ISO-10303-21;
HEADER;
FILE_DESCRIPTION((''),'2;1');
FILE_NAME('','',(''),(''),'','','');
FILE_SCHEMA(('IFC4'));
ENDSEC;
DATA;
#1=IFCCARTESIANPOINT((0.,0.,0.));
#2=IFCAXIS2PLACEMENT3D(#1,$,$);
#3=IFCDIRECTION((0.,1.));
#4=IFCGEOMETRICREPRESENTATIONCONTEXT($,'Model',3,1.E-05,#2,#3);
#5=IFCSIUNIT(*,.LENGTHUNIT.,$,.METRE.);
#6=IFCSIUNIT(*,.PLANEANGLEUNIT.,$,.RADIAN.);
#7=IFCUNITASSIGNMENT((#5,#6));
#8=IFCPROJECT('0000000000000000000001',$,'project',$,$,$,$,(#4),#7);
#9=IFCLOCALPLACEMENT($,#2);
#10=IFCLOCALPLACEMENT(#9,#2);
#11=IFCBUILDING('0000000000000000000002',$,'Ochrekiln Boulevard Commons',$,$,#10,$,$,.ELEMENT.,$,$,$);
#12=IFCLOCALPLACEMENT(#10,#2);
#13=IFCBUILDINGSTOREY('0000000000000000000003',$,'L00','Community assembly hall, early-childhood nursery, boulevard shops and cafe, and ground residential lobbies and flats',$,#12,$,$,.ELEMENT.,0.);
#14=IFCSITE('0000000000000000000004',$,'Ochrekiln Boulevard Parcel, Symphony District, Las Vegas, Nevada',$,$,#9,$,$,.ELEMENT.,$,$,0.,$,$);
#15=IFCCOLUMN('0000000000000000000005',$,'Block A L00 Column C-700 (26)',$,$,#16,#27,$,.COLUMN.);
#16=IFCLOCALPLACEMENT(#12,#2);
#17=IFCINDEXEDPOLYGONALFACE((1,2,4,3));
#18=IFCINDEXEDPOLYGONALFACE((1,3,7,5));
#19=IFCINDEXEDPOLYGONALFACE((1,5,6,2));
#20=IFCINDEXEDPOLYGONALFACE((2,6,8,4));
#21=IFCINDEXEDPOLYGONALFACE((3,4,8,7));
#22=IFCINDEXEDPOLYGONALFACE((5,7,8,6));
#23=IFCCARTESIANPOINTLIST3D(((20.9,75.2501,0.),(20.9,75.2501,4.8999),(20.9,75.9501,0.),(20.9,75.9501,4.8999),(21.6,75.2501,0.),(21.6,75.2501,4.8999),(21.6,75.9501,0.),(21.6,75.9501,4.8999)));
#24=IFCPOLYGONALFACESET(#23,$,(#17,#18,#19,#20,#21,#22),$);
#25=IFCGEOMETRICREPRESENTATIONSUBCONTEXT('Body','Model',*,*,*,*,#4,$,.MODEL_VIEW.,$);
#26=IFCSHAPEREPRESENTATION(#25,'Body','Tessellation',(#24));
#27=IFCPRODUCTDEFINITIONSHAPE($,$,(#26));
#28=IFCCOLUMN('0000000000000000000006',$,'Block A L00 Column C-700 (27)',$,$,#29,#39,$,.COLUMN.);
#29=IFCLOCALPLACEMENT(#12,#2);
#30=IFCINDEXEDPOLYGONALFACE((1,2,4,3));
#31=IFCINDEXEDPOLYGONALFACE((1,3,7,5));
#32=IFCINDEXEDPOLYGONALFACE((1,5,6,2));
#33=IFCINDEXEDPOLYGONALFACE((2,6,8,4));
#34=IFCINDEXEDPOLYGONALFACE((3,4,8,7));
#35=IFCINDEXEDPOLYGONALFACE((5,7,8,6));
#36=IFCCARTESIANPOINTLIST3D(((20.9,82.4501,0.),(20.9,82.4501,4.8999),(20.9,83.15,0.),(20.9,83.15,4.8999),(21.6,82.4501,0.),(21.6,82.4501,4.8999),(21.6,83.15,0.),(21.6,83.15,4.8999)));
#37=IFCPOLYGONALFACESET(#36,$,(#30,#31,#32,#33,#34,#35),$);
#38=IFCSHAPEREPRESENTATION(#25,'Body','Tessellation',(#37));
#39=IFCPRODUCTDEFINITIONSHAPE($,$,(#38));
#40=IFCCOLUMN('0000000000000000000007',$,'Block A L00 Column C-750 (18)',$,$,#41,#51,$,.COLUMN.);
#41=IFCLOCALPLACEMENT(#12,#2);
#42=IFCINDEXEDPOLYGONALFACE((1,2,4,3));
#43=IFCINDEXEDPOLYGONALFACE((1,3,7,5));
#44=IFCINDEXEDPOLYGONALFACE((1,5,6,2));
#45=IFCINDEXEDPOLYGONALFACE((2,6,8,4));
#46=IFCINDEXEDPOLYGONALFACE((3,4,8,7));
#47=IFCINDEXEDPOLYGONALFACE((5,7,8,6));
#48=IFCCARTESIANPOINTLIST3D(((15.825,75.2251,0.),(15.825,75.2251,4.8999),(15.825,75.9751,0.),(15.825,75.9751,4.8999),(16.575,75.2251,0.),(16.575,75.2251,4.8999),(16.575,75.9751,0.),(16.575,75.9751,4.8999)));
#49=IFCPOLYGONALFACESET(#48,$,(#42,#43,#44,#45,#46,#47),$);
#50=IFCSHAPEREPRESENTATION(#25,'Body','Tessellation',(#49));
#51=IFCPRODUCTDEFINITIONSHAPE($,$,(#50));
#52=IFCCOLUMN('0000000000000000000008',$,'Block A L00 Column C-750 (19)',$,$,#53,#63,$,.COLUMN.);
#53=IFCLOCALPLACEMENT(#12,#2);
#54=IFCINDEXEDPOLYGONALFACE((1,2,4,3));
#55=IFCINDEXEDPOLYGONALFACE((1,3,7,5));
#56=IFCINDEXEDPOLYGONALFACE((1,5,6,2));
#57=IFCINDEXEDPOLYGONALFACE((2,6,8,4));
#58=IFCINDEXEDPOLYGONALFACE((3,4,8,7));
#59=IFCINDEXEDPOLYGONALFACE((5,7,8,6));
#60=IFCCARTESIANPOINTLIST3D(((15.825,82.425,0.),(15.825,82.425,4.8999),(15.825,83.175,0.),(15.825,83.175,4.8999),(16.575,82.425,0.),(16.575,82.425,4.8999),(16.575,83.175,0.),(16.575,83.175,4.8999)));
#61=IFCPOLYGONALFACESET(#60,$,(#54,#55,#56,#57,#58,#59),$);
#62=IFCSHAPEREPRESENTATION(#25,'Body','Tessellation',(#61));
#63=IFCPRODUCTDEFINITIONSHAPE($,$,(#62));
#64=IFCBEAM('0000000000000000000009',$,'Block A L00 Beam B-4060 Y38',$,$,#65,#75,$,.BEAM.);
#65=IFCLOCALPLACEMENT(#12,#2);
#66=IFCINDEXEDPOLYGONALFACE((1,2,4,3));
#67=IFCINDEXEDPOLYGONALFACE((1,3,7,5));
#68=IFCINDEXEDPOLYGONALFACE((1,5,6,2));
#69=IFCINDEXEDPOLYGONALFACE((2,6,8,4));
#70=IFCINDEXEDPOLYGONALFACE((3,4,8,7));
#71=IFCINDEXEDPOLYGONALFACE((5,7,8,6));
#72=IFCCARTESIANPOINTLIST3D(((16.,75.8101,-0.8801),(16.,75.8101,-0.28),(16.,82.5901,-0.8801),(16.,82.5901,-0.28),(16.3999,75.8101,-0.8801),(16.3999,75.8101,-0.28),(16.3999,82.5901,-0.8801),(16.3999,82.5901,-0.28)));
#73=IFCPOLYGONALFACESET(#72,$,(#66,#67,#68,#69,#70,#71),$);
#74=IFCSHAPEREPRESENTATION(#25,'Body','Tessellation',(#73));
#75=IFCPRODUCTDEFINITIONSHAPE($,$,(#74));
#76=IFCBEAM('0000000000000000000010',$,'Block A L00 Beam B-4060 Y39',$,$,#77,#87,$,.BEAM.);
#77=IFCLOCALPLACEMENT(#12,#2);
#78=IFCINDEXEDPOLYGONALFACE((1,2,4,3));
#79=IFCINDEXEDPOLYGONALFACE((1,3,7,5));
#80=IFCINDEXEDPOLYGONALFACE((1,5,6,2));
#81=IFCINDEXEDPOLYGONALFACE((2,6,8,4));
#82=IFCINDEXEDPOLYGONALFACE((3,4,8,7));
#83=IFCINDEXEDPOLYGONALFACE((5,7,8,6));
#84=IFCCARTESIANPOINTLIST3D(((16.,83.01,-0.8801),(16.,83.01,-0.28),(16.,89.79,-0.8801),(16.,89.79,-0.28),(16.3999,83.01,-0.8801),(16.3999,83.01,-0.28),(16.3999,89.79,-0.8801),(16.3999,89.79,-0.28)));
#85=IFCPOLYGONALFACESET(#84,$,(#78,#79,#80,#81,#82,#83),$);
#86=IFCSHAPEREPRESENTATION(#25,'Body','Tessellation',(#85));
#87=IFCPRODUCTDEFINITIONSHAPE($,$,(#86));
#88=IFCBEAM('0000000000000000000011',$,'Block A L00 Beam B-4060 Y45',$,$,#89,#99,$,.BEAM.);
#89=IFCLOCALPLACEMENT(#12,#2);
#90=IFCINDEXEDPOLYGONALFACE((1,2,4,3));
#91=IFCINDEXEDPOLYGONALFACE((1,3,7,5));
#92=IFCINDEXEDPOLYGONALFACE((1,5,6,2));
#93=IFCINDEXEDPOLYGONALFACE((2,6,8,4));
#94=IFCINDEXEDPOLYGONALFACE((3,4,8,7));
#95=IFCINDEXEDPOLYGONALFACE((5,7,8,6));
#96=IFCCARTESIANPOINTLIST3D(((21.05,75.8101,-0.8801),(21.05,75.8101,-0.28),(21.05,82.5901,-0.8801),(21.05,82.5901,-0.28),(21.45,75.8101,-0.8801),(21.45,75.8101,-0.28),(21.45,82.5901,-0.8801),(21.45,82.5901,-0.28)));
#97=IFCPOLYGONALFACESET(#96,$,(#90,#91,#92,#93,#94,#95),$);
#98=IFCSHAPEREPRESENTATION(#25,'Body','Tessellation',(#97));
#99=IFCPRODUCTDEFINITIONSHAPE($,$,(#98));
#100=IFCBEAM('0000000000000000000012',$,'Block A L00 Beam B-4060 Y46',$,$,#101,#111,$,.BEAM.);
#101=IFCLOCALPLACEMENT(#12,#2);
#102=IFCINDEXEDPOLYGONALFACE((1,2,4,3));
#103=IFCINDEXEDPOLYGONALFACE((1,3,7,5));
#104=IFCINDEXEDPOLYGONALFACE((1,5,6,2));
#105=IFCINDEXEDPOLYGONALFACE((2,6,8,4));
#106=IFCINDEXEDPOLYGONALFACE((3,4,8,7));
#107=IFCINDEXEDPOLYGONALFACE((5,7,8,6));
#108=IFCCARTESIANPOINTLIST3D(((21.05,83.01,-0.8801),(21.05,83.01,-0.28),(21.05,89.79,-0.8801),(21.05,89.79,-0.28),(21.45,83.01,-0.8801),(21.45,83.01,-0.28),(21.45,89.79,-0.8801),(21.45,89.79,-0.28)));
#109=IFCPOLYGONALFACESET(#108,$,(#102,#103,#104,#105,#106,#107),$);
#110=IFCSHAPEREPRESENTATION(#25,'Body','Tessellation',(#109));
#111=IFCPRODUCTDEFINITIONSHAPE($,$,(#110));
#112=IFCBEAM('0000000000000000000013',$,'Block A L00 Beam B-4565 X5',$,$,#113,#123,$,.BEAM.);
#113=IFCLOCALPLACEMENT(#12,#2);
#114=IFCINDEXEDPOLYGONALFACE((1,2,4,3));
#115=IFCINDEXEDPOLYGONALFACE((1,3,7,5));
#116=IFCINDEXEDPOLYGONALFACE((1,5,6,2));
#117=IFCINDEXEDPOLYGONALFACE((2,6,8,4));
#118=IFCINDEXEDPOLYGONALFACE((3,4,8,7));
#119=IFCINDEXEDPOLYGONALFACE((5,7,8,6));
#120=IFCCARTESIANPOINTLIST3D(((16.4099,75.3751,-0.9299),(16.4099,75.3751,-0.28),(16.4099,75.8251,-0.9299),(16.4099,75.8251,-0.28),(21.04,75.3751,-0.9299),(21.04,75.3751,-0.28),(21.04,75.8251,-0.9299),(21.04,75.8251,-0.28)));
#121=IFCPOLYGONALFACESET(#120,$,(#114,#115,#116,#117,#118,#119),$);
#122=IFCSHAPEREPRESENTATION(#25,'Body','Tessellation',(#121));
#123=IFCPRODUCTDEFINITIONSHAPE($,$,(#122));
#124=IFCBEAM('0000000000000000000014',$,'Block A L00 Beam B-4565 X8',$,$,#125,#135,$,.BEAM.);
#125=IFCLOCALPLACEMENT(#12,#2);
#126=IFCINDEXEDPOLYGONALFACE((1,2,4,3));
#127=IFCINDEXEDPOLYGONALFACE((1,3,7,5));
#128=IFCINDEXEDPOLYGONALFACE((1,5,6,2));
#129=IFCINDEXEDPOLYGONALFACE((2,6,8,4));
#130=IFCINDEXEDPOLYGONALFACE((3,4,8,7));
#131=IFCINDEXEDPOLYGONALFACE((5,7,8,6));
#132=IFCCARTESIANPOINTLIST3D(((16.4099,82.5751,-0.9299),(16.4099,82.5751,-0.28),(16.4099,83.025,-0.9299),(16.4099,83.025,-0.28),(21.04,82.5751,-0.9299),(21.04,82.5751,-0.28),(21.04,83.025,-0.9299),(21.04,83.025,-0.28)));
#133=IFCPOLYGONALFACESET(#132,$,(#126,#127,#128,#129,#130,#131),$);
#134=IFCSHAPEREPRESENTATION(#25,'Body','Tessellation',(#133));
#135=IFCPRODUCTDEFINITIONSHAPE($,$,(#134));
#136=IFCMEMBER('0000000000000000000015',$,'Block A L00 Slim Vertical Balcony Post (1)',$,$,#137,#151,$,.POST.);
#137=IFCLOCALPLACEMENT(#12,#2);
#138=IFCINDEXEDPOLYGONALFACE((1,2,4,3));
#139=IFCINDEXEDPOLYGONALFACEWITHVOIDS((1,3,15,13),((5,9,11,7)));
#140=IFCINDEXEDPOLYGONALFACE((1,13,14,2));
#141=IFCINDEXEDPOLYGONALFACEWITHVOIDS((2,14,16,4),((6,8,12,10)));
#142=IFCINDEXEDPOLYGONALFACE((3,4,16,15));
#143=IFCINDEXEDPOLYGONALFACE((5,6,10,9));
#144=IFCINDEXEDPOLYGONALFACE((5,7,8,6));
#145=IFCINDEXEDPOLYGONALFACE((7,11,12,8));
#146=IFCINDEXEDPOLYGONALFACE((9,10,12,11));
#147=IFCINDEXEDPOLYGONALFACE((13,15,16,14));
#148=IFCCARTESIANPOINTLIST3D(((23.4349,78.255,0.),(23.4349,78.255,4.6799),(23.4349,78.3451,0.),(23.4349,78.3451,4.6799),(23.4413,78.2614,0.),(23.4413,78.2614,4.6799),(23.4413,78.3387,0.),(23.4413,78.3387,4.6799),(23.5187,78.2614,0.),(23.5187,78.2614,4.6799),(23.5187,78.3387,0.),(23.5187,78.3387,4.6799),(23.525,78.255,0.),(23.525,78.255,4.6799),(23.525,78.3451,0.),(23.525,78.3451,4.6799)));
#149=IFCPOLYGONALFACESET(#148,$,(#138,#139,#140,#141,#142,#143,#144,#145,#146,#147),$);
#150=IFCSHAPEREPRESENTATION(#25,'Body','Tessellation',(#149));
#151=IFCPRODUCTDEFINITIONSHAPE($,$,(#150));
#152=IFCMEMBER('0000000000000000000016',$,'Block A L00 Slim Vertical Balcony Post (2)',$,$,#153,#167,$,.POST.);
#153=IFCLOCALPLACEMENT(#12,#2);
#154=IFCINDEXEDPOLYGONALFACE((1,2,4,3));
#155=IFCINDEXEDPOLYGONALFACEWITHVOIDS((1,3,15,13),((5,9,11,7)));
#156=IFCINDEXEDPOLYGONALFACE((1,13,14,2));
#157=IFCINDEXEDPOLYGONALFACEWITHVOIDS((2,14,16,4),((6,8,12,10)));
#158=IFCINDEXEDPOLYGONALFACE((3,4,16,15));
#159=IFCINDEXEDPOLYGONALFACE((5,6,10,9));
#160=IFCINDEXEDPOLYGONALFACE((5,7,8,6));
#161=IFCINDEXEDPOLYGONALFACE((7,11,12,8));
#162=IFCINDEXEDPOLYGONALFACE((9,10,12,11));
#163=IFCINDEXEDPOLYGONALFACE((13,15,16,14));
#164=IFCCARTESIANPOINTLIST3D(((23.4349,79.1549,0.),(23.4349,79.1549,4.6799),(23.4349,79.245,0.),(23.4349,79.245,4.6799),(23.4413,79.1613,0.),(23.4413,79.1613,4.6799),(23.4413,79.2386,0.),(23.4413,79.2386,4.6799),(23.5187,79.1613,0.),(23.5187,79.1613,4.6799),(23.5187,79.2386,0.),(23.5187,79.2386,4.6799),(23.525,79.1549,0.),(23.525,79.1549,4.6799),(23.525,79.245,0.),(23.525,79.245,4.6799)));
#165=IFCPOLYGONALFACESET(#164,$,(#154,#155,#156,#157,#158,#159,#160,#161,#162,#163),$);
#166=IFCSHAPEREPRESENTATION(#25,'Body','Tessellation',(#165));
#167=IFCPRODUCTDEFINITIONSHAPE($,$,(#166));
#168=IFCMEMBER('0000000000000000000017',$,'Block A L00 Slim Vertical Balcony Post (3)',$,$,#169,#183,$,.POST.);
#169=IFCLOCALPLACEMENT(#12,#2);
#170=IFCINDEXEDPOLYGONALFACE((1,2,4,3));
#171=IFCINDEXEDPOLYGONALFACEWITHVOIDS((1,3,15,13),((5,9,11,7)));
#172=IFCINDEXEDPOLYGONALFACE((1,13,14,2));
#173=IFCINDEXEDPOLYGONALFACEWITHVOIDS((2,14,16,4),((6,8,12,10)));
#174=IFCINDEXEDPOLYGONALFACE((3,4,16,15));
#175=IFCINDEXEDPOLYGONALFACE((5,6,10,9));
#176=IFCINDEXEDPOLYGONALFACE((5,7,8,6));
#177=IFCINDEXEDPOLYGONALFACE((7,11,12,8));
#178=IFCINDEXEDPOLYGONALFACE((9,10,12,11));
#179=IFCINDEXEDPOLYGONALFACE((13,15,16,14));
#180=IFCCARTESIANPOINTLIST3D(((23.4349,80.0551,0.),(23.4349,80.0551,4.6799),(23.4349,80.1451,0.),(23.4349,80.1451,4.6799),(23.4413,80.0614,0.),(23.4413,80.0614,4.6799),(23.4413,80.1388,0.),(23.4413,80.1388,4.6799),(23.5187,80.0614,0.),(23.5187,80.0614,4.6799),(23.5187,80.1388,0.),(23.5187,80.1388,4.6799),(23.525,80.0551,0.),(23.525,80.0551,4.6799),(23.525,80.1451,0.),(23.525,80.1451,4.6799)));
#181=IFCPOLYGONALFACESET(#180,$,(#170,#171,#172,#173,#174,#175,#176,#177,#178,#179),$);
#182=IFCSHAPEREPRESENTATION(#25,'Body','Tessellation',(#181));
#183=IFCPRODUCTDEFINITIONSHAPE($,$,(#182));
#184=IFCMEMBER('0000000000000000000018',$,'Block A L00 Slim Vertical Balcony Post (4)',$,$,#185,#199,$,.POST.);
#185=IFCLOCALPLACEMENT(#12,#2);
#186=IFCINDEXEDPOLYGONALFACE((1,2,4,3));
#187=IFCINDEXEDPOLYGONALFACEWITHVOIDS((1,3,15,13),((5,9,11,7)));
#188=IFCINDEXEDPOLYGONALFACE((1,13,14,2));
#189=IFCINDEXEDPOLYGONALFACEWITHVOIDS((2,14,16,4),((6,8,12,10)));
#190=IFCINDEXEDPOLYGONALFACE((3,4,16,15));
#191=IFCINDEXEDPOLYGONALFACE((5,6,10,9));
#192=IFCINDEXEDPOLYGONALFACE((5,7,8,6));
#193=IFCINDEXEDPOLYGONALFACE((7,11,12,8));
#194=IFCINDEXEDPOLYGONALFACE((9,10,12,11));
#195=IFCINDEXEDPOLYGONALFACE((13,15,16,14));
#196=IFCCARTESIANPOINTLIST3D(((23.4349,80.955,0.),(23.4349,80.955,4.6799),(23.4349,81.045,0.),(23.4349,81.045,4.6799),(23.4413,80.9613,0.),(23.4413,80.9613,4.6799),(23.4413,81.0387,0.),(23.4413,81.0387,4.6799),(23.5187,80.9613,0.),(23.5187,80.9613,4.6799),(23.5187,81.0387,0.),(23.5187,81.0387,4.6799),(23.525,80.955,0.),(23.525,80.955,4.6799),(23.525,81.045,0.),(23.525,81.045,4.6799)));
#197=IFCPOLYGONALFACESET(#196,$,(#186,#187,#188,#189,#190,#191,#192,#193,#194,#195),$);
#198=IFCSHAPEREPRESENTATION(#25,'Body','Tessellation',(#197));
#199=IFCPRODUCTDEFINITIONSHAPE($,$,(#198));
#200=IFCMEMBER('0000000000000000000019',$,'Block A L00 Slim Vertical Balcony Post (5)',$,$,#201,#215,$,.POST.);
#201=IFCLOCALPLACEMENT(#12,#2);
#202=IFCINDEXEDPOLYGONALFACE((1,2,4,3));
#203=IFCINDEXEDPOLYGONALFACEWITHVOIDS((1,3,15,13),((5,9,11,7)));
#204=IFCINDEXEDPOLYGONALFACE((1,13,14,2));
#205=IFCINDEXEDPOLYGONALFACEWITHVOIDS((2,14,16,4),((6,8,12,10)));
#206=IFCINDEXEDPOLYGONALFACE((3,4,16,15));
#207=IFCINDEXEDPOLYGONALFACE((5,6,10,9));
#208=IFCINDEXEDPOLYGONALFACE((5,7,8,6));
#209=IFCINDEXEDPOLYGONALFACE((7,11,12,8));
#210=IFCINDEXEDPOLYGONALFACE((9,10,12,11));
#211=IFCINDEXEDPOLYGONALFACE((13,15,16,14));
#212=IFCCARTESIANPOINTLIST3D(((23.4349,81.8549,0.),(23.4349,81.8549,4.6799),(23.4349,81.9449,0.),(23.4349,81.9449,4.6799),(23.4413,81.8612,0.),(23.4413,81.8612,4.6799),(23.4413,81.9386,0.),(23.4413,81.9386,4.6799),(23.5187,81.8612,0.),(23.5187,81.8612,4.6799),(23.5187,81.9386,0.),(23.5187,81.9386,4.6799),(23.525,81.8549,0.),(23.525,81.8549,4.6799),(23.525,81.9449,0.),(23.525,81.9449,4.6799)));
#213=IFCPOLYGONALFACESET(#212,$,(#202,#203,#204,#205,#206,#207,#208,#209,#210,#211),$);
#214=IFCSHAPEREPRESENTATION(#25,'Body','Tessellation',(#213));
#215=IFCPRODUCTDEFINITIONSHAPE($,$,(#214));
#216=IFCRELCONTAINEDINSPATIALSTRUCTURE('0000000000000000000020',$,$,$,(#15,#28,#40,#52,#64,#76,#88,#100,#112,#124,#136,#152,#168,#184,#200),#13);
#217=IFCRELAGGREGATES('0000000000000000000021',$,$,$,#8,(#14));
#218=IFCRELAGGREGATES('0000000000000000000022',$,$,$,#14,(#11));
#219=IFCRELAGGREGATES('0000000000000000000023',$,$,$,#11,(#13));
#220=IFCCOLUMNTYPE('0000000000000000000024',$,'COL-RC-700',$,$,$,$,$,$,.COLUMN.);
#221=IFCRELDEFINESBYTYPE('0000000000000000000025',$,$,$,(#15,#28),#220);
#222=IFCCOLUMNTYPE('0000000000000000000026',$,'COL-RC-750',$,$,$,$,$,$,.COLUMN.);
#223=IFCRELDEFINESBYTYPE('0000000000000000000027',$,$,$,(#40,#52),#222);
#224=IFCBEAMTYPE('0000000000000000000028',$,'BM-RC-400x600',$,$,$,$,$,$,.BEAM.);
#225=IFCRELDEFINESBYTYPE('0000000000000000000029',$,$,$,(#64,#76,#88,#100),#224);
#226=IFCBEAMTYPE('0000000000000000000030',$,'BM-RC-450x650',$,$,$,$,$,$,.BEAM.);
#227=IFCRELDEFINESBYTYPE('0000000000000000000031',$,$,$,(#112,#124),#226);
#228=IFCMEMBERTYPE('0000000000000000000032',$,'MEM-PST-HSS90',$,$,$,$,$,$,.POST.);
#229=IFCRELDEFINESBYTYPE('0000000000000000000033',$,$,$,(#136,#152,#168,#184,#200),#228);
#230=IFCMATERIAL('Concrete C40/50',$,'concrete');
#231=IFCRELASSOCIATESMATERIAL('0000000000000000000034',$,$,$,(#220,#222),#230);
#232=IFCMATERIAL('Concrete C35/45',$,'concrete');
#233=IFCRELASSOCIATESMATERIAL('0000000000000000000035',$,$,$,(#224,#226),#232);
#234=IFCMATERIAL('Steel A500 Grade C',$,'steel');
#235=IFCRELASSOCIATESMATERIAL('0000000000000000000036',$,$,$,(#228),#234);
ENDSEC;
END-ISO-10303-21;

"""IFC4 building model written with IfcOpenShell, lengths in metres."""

from ifc_helpers import new_model, si_unit, direction, frame, origin, origin_2d, place, context, subcontext, project, spatial, rectangle, hollow_rectangle, extrude, material, material_profile, profile_set, type_object, element, save


model = new_model("IFC4")

# Units and contexts
model_context = context("Model", 3, precision=1e-05, world=origin(), true_north=direction((0.0, 1.0)))
body_context = subcontext(model_context, "Body", "Model", "MODEL_VIEW")
ifc_project = project(units=[si_unit("LENGTHUNIT", "METRE"), si_unit("PLANEANGLEUNIT", "RADIAN")], contexts=[model_context])

# Site, building, storey
site_placement = place(None, origin())
site = spatial("IfcSite", under=ifc_project, at=site_placement, Name="Ochrekiln Boulevard Parcel, Symphony District, Las Vegas, Nevada", CompositionType="ELEMENT", RefElevation=0.0)
building_placement = place(site_placement, origin())
building = spatial("IfcBuilding", under=site, at=building_placement, Name="Ochrekiln Boulevard Commons", CompositionType="ELEMENT")
storey_placement = place(building_placement, origin())
storey = spatial("IfcBuildingStorey", under=building, at=storey_placement, Name="L00", Description="Community assembly hall, early-childhood nursery, boulevard shops and cafe, and ground residential lobbies and flats", CompositionType="ELEMENT", Elevation=0.0)

# Columns
ifc_material_1 = material(Name="Concrete C40/50", Category="concrete")
ifc_material_profile_1 = material_profile(ifc_material_1, rectangle(XDim=0.7, YDim=0.7, at=origin_2d()), Name="RC-COL-700x700")
ifc_profile_set_1 = profile_set([ifc_material_profile_1], Name="Concrete C40/50")
column_type_1 = type_object("IfcColumnType", Name="COL-RC-700", PredefinedType="COLUMN", material=ifc_profile_set_1)
for number, where, z_axis, x_axis, name in (
    (1, (21.25, 75.6001, 0.0), (0.0, 0.0, 1.0), (1.0, 0.0, 0.0), "Block A L00 Column C-700 (26)"),
    (2, (21.25, 82.8, 0.0), (0.0, 0.0, 1.0), (1.0, 0.0, 0.0), "Block A L00 Column C-700 (27)"),
):
    element("IfcColumn", number, at=place(storey_placement, frame(where, z_axis=z_axis, x_axis=x_axis)), inside=storey, type_object=column_type_1, Name=name, PredefinedType="COLUMN", context=body_context, shape_type="SweptSolid", body=[
        extrude(rectangle(XDim=0.7, YDim=0.7, at=origin_2d()), origin(), (0.0, 0.0, 1.0), 4.8999),
    ])
ifc_material_profile_2 = material_profile(ifc_material_1, rectangle(XDim=0.75, YDim=0.75, at=origin_2d()), Name="RC-COL-750x750")
ifc_profile_set_2 = profile_set([ifc_material_profile_2], Name="Concrete C40/50")
column_type_2 = type_object("IfcColumnType", Name="COL-RC-750", PredefinedType="COLUMN", material=ifc_profile_set_2)
for number, where, z_axis, x_axis, name in (
    (3, (16.2, 75.6001, 0.0), (0.0, 0.0, 1.0), (1.0, 0.0, 0.0), "Block A L00 Column C-750 (18)"),
    (4, (16.2, 82.8, 0.0), (0.0, 0.0, 1.0), (1.0, 0.0, 0.0), "Block A L00 Column C-750 (19)"),
):
    element("IfcColumn", number, at=place(storey_placement, frame(where, z_axis=z_axis, x_axis=x_axis)), inside=storey, type_object=column_type_2, Name=name, PredefinedType="COLUMN", context=body_context, shape_type="SweptSolid", body=[
        extrude(rectangle(XDim=0.75, YDim=0.75, at=origin_2d()), origin(), (0.0, 0.0, 1.0), 4.8999),
    ])

# Beams
ifc_material_2 = material(Name="Concrete C35/45", Category="concrete")
ifc_material_profile_3 = material_profile(ifc_material_2, rectangle(XDim=0.3999, YDim=0.6001, at=origin_2d()), Name="RC-BM-400x600")
ifc_profile_set_3 = profile_set([ifc_material_profile_3], Name="Concrete C35/45")
beam_type_1 = type_object("IfcBeamType", Name="BM-RC-400x600", PredefinedType="BEAM", material=ifc_profile_set_3)
for number, where, z_axis, x_axis, name in (
    (5, (16.2, 75.8101, -0.5801), (0.0, 1.0, 0.0), (-1.0, 0.0, 0.0), "Block A L00 Beam B-4060 Y38"),
    (6, (16.2, 83.01, -0.5801), (0.0, 1.0, 0.0), (-1.0, 0.0, 0.0), "Block A L00 Beam B-4060 Y39"),
    (7, (21.25, 75.8101, -0.5801), (0.0, 1.0, 0.0), (-1.0, 0.0, 0.0), "Block A L00 Beam B-4060 Y45"),
    (8, (21.25, 83.01, -0.5801), (0.0, 1.0, 0.0), (-1.0, 0.0, 0.0), "Block A L00 Beam B-4060 Y46"),
):
    element("IfcBeam", number, at=place(storey_placement, frame(where, z_axis=z_axis, x_axis=x_axis)), inside=storey, type_object=beam_type_1, Name=name, PredefinedType="BEAM", context=body_context, shape_type="SweptSolid", body=[
        extrude(rectangle(XDim=0.3999, YDim=0.6001, at=origin_2d()), origin(), (0.0, 0.0, 1.0), 6.78),
    ])
ifc_material_profile_4 = material_profile(ifc_material_2, rectangle(XDim=0.45, YDim=0.6499, at=origin_2d()), Name="RC-BM-450x650")
ifc_profile_set_4 = profile_set([ifc_material_profile_4], Name="Concrete C35/45")
beam_type_2 = type_object("IfcBeamType", Name="BM-RC-450x650", PredefinedType="BEAM", material=ifc_profile_set_4)
for number, where, z_axis, x_axis, name in (
    (9, (16.4099, 75.6001, -0.605), (1.0, 0.0, 0.0), (0.0, 1.0, 0.0), "Block A L00 Beam B-4565 X5"),
    (10, (16.4099, 82.8, -0.605), (1.0, 0.0, 0.0), (0.0, 1.0, 0.0), "Block A L00 Beam B-4565 X8"),
):
    element("IfcBeam", number, at=place(storey_placement, frame(where, z_axis=z_axis, x_axis=x_axis)), inside=storey, type_object=beam_type_2, Name=name, PredefinedType="BEAM", context=body_context, shape_type="SweptSolid", body=[
        extrude(rectangle(XDim=0.45, YDim=0.6499, at=origin_2d()), origin(), (0.0, 0.0, 1.0), 4.6301),
    ])

# Members
ifc_material_3 = material(Name="Steel A500 Grade C", Category="steel")
ifc_material_profile_5 = material_profile(ifc_material_3, hollow_rectangle(XDim=0.0901, YDim=0.0901, WallThickness=0.0063, at=origin_2d()), Name="HSS90X90X6.4")
ifc_profile_set_5 = profile_set([ifc_material_profile_5], Name="Steel A500 Grade C")
member_type = type_object("IfcMemberType", Name="MEM-PST-HSS90", PredefinedType="POST", material=ifc_profile_set_5)
for number, where, z_axis, x_axis, name in (
    (11, (23.48, 78.3, 0.0), (0.0, 0.0, 1.0), (1.0, 0.0, 0.0), "Block A L00 Slim Vertical Balcony Post (1)"),
    (12, (23.48, 79.2, 0.0), (0.0, 0.0, 1.0), (1.0, 0.0, 0.0), "Block A L00 Slim Vertical Balcony Post (2)"),
    (13, (23.48, 80.1001, 0.0), (0.0, 0.0, 1.0), (1.0, 0.0, 0.0), "Block A L00 Slim Vertical Balcony Post (3)"),
    (14, (23.48, 81.0, 0.0), (0.0, 0.0, 1.0), (1.0, 0.0, 0.0), "Block A L00 Slim Vertical Balcony Post (4)"),
    (15, (23.48, 81.8999, 0.0), (0.0, 0.0, 1.0), (1.0, 0.0, 0.0), "Block A L00 Slim Vertical Balcony Post (5)"),
):
    element("IfcMember", number, at=place(storey_placement, frame(where, z_axis=z_axis, x_axis=x_axis)), inside=storey, type_object=member_type, Name=name, PredefinedType="POST", context=body_context, shape_type="SweptSolid", body=[
        extrude(hollow_rectangle(XDim=0.0901, YDim=0.0901, WallThickness=0.0063, at=origin_2d()), origin(), (0.0, 0.0, 1.0), 4.6799),
    ])

save(model, "model.ifc")
